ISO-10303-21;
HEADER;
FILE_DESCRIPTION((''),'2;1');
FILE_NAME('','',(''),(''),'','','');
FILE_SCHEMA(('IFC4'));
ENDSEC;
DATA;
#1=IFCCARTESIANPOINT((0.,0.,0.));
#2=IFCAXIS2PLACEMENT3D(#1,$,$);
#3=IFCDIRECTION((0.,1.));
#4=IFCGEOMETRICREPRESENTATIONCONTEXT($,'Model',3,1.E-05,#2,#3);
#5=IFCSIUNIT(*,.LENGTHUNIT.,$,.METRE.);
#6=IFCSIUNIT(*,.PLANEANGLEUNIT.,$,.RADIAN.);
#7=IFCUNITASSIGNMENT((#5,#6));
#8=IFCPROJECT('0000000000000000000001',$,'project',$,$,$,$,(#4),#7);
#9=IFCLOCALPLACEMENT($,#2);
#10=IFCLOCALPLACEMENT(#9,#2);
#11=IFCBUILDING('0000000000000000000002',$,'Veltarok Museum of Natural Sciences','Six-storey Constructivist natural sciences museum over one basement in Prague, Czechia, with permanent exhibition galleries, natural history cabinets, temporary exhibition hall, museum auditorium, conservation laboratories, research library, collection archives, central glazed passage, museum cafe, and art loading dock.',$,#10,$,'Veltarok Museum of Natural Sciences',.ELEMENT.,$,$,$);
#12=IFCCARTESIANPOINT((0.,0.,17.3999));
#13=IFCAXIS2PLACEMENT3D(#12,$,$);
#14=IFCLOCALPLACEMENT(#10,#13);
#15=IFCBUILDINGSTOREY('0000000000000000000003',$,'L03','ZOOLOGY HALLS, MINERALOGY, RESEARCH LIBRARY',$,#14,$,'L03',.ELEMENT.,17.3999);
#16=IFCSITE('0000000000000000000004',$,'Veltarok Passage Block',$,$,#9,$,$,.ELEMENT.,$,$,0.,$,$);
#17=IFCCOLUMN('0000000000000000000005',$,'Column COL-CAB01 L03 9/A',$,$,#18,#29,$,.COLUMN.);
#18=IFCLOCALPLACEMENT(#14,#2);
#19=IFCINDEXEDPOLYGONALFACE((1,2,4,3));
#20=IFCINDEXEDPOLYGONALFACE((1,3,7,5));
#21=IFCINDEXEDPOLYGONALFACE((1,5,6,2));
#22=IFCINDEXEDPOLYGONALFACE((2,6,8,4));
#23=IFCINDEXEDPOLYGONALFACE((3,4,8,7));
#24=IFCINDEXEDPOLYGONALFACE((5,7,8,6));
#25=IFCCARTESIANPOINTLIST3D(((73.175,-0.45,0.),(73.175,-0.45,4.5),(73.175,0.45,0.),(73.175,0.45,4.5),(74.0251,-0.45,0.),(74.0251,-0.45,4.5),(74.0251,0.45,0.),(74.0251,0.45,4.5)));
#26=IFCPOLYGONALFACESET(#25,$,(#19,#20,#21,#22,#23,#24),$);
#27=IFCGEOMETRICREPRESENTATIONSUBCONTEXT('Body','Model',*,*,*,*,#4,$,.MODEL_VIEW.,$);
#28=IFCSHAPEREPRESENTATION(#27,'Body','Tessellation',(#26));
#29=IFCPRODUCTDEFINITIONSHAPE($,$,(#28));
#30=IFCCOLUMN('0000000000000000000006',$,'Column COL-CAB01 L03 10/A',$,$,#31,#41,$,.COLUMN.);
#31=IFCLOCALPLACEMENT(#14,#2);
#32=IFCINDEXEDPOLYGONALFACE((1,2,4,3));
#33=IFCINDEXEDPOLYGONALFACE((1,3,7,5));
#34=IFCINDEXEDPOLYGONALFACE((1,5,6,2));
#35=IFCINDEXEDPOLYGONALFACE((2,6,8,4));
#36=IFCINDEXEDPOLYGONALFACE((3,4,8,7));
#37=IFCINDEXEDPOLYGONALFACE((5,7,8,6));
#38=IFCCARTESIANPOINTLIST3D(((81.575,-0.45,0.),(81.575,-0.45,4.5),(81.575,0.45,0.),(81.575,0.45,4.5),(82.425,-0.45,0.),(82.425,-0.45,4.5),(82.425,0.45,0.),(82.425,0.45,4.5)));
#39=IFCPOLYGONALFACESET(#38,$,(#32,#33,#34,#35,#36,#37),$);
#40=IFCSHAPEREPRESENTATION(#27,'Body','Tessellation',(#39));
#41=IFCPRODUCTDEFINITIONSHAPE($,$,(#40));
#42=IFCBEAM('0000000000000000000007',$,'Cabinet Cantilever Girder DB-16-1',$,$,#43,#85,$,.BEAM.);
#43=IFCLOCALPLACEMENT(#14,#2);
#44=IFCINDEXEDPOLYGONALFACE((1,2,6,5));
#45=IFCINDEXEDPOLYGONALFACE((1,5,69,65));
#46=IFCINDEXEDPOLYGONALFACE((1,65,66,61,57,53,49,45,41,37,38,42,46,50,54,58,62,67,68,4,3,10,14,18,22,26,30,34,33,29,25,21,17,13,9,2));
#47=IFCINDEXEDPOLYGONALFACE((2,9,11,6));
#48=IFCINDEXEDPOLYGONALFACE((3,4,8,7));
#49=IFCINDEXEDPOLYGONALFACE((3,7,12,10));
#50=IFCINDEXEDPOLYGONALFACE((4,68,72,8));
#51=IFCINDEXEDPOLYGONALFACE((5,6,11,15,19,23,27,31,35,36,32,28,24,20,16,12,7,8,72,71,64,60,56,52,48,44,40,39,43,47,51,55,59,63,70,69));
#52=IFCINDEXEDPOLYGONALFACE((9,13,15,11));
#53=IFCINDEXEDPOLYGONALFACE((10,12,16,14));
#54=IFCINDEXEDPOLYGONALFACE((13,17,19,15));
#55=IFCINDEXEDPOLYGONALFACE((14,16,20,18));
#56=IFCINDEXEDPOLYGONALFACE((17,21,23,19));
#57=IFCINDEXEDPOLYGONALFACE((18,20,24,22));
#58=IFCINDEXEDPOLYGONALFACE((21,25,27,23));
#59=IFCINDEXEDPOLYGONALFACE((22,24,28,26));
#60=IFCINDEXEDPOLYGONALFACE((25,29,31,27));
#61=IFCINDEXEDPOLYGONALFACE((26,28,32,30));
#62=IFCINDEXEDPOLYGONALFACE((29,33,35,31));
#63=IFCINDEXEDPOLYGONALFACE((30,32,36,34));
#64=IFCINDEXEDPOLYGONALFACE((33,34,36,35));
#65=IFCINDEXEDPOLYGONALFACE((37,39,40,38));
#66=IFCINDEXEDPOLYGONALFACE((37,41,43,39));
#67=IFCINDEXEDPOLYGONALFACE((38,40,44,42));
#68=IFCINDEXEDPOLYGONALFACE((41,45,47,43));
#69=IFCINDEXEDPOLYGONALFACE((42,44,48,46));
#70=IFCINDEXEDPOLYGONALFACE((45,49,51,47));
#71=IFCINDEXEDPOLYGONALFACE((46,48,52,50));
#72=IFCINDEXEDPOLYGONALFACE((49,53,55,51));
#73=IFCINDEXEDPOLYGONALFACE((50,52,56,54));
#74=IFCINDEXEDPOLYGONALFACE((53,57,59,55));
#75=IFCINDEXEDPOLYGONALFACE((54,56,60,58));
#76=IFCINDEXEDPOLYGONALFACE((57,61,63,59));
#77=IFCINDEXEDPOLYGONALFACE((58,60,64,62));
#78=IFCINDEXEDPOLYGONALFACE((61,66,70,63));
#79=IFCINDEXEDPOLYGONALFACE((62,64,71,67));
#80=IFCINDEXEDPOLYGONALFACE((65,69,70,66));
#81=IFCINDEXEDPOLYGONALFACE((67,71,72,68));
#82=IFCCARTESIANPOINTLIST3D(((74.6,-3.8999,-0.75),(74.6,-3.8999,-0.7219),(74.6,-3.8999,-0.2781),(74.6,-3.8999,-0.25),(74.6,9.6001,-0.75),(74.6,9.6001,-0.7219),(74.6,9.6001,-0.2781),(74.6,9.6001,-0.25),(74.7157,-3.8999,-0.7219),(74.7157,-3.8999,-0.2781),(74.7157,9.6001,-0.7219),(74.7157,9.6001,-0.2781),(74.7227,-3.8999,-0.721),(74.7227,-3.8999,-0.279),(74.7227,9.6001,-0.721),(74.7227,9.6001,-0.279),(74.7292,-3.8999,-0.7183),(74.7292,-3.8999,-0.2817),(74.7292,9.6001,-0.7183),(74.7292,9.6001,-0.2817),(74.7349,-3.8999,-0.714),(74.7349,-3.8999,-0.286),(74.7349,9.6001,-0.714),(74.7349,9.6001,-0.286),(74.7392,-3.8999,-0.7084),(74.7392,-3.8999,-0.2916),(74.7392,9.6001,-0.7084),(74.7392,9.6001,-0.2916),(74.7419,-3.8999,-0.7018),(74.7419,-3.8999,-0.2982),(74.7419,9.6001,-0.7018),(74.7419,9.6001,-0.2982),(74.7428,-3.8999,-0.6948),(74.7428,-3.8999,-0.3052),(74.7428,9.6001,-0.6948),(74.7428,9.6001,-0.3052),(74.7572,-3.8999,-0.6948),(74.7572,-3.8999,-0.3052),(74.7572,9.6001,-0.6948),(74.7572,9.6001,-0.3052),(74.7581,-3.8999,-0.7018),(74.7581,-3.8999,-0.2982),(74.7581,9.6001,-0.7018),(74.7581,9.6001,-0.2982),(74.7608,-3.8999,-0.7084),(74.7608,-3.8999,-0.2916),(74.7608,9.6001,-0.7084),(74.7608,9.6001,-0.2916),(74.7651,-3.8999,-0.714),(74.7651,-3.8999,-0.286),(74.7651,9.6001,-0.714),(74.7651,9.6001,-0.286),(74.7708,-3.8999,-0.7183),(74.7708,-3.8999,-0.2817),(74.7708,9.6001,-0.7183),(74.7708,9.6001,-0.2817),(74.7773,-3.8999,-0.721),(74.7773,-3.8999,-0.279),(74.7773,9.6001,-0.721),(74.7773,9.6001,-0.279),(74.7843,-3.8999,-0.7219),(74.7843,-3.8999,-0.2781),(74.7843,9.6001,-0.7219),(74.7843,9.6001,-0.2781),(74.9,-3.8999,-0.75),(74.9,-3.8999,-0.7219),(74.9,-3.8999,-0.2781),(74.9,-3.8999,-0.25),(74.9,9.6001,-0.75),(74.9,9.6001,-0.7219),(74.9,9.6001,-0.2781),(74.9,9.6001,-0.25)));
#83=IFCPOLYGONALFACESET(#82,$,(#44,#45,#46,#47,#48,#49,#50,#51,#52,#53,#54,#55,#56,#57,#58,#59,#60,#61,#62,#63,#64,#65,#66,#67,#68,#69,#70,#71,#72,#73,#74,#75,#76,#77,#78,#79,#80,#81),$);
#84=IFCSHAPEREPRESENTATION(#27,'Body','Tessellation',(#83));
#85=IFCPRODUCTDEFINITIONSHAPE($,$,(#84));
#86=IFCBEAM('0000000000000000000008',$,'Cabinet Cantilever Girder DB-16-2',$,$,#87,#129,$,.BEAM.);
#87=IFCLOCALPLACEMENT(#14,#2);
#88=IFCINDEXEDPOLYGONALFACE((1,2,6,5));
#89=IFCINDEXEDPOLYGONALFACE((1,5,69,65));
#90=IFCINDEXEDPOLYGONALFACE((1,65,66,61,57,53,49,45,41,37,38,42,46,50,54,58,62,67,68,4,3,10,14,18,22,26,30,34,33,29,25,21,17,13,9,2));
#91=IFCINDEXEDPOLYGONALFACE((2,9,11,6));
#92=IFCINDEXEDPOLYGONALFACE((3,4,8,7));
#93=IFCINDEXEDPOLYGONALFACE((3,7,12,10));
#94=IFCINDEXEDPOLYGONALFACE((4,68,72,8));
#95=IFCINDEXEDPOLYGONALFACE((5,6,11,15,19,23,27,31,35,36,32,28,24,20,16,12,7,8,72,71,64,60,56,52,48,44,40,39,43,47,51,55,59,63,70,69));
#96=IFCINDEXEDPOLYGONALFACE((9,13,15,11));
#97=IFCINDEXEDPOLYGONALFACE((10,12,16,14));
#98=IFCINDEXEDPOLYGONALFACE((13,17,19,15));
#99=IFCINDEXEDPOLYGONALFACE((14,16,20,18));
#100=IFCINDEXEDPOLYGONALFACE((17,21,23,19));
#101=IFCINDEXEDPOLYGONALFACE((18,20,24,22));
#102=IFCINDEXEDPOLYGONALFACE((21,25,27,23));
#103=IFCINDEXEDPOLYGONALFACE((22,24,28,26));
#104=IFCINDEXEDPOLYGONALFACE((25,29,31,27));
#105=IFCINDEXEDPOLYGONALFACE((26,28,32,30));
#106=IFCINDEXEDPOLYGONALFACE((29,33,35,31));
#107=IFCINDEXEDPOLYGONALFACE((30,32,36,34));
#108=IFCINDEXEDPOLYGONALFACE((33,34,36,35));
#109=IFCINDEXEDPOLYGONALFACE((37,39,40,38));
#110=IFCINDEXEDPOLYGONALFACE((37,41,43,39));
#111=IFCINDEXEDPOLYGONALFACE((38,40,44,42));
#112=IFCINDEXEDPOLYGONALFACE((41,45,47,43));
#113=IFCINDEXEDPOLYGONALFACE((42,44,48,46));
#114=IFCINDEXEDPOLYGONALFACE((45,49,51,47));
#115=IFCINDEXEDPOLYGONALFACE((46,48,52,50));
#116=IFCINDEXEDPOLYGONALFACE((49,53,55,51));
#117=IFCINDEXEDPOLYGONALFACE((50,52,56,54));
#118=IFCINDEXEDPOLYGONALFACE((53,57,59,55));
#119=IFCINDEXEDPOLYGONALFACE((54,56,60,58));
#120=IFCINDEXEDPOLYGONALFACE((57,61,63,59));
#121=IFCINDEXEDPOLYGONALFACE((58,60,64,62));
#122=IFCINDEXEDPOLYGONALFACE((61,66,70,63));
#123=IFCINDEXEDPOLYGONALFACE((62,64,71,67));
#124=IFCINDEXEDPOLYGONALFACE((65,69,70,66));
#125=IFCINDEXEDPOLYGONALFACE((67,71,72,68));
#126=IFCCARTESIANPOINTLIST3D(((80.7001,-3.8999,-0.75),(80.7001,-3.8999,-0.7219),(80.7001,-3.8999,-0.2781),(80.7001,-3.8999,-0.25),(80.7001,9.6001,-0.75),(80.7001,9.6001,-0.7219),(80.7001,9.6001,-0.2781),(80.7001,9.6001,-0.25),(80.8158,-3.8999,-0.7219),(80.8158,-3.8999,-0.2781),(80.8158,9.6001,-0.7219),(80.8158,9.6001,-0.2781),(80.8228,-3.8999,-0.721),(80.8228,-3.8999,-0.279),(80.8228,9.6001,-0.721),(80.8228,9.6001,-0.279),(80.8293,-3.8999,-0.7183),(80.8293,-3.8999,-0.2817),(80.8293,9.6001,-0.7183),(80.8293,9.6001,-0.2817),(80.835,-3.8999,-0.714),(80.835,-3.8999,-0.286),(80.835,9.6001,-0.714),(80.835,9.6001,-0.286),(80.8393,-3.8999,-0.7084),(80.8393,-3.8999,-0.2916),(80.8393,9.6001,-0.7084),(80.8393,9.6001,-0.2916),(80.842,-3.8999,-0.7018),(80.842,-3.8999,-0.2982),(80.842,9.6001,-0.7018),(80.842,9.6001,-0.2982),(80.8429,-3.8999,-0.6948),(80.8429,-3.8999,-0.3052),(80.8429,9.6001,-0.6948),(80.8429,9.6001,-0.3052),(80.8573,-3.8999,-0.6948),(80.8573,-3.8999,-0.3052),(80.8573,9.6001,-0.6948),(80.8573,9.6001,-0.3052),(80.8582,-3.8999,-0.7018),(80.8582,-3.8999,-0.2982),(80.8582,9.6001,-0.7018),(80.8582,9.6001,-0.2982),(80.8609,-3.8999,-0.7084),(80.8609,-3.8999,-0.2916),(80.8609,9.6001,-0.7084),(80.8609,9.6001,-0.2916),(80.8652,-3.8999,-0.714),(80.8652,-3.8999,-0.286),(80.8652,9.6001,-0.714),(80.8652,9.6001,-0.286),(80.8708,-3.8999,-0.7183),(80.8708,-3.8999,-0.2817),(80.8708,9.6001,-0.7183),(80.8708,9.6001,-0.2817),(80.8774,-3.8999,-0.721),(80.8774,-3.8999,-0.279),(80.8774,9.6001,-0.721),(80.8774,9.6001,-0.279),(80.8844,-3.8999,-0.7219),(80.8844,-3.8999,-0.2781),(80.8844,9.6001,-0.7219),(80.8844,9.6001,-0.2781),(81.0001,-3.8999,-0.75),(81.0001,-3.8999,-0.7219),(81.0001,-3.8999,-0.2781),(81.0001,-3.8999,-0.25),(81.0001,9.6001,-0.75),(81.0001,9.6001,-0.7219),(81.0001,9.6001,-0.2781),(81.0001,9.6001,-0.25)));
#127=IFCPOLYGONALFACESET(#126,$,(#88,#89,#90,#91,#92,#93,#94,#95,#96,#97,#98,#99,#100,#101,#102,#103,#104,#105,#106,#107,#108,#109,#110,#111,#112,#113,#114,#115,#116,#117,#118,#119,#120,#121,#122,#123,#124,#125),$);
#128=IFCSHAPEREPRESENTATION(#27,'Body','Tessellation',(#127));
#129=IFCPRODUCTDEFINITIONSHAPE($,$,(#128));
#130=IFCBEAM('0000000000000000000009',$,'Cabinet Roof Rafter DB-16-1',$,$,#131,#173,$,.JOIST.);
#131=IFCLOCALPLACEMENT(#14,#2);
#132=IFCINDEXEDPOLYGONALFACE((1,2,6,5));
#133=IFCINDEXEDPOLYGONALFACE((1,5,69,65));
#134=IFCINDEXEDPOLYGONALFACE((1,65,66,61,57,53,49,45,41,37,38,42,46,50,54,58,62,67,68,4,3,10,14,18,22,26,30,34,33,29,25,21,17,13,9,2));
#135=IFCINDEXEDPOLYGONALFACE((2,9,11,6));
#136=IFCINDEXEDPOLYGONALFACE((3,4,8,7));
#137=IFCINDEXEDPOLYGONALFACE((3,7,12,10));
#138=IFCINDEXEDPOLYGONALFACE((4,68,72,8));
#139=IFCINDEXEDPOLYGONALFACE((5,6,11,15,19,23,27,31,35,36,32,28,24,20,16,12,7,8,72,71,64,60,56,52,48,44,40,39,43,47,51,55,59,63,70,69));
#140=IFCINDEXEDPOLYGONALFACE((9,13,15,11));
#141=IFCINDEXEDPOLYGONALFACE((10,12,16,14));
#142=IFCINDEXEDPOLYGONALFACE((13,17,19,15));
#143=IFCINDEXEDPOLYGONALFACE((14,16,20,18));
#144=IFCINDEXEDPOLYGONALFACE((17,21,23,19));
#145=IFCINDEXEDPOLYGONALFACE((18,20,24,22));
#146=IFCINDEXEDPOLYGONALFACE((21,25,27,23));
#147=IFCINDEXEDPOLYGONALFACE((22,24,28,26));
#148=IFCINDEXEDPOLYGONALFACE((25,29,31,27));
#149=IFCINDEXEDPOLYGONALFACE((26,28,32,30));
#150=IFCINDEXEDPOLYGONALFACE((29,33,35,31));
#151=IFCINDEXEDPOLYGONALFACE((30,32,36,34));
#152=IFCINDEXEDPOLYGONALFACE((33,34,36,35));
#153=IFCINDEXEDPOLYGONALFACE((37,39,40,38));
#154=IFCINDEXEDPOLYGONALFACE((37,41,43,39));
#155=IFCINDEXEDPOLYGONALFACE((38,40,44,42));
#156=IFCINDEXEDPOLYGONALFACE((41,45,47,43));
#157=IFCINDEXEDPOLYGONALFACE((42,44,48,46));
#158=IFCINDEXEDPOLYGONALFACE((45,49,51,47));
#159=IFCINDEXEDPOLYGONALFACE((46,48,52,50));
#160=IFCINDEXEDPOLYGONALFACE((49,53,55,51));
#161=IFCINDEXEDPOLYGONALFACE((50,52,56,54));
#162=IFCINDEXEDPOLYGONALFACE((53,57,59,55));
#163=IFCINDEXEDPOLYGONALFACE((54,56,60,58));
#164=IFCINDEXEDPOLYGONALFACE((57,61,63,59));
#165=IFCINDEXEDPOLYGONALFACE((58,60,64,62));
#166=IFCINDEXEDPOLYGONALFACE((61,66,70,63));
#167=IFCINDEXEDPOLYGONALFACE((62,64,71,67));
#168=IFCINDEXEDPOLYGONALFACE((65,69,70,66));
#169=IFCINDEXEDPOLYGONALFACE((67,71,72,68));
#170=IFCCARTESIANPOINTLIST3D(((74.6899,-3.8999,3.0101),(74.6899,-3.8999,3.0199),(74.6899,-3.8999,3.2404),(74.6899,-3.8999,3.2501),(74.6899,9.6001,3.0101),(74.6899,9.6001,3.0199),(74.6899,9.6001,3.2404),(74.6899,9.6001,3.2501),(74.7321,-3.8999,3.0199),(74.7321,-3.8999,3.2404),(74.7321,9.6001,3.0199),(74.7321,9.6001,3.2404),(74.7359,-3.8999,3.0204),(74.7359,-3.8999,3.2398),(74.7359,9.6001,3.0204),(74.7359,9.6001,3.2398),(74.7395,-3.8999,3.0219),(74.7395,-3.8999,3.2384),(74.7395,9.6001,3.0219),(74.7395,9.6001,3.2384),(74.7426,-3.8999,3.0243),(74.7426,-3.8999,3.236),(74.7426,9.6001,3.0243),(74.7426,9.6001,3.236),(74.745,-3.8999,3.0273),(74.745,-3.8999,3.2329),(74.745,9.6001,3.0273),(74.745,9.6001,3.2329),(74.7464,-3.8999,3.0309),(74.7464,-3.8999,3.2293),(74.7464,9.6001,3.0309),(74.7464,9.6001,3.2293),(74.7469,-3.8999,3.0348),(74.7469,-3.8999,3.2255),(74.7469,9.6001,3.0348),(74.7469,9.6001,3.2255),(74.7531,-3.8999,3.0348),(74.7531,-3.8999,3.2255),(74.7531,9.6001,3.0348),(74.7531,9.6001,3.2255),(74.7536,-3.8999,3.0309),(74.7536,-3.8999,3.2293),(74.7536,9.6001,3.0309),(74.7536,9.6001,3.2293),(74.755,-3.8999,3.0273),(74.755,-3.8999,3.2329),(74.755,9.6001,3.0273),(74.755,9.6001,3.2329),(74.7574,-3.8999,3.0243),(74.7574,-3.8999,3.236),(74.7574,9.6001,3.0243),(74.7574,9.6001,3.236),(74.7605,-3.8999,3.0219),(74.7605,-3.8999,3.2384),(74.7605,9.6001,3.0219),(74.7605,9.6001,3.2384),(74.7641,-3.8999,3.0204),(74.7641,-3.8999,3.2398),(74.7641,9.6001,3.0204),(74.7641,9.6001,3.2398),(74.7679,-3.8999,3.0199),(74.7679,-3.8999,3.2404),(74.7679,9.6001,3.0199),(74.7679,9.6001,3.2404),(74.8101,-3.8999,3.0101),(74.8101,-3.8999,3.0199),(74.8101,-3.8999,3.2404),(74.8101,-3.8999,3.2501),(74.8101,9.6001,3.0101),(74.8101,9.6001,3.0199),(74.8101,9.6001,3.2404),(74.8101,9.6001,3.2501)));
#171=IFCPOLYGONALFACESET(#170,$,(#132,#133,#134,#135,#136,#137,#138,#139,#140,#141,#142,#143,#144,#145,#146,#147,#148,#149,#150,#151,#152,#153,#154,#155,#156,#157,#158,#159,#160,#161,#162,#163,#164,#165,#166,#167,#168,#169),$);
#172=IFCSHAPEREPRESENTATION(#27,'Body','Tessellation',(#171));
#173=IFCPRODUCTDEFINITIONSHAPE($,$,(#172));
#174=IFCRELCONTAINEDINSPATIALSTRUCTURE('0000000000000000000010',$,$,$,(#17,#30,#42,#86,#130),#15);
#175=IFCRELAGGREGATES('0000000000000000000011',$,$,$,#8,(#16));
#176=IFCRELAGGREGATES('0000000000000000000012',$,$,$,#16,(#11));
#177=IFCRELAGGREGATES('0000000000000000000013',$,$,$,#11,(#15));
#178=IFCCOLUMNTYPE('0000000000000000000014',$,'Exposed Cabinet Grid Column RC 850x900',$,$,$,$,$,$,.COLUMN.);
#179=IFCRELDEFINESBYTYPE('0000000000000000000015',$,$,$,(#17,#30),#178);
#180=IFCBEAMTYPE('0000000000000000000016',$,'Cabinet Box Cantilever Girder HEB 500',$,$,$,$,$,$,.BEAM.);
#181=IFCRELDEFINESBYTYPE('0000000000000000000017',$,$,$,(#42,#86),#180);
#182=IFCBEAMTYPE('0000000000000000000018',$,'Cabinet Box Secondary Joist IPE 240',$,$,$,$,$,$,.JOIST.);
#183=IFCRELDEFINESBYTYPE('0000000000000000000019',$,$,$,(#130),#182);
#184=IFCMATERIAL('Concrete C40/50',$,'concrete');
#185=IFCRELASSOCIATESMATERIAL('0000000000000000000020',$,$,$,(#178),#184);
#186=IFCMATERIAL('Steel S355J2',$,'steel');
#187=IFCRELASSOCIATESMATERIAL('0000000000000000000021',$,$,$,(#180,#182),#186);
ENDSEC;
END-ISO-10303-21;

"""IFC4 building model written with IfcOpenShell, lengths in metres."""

from ifc_helpers import new_model, si_unit, direction, frame, origin, origin_2d, place, context, subcontext, project, spatial, rectangle, i_section, extrude, material, material_profile, profile_set, type_object, element, save


model = new_model("IFC4")

# Units and contexts
model_context = context("Model", 3, precision=1e-05, world=origin(), true_north=direction((0.0, 1.0)))
body_context = subcontext(model_context, "Body", "Model", "MODEL_VIEW")
ifc_project = project(units=[si_unit("LENGTHUNIT", "METRE"), si_unit("PLANEANGLEUNIT", "RADIAN")], contexts=[model_context])

# Site, building, storey
site_placement = place(None, origin())
site = spatial("IfcSite", under=ifc_project, at=site_placement, Name="Veltarok Passage Block", CompositionType="ELEMENT", RefElevation=0.0)
building_placement = place(site_placement, origin())
building = spatial("IfcBuilding", under=site, at=building_placement, Name="Veltarok Museum of Natural Sciences", Description="Six-storey Constructivist natural sciences museum over one basement in Prague, Czechia, with permanent exhibition galleries, natural history cabinets, temporary exhibition hall, museum auditorium, conservation laboratories, research library, collection archives, central glazed passage, museum cafe, and art loading dock.", LongName="Veltarok Museum of Natural Sciences", CompositionType="ELEMENT")
storey_placement = place(building_placement, frame((0.0, 0.0, 17.3999)))
storey = spatial("IfcBuildingStorey", under=building, at=storey_placement, Name="L03", Description="ZOOLOGY HALLS, MINERALOGY, RESEARCH LIBRARY", LongName="L03", CompositionType="ELEMENT", Elevation=17.3999)

# Columns
ifc_material_1 = material(Name="Concrete C40/50", Category="concrete")
ifc_material_profile_1 = material_profile(ifc_material_1, rectangle(XDim=0.8501, YDim=0.8999, at=origin_2d()), Name="RC 850x900")
ifc_profile_set_1 = profile_set([ifc_material_profile_1], Name="Concrete C40/50")
column_type = type_object("IfcColumnType", Name="Exposed Cabinet Grid Column RC 850x900", PredefinedType="COLUMN", material=ifc_profile_set_1)
for number, where, z_axis, x_axis, name in (
    (1, (73.6001, 0.0, 0.0), (0.0, 0.0, 1.0), (1.0, 0.0, 0.0), "Column COL-CAB01 L03 9/A"),
    (2, (82.0, 0.0, 0.0), (0.0, 0.0, 1.0), (1.0, 0.0, 0.0), "Column COL-CAB01 L03 10/A"),
):
    element("IfcColumn", number, at=place(storey_placement, frame(where, z_axis=z_axis, x_axis=x_axis)), inside=storey, type_object=column_type, Name=name, PredefinedType="COLUMN", context=body_context, shape_type="SweptSolid", body=[
        extrude(rectangle(XDim=0.8501, YDim=0.8999, at=origin_2d()), origin(), (0.0, 0.0, 1.0), 4.5),
    ])

# Beams
ifc_material_2 = material(Name="Steel S355J2", Category="steel")
ifc_material_profile_2 = material_profile(ifc_material_2, i_section(OverallWidth=0.3, OverallDepth=0.5, WebThickness=0.0144, FlangeThickness=0.0281, FilletRadius=0.0271, at=origin_2d()), Name="HEB 500")
ifc_profile_set_2 = profile_set([ifc_material_profile_2], Name="Steel S355J2")
beam_type_1 = type_object("IfcBeamType", Name="Cabinet Box Cantilever Girder HEB 500", PredefinedType="BEAM", material=ifc_profile_set_2)
for number, where, z_axis, x_axis, name in (
    (3, (74.75, -3.8999, -0.5), (0.0, 1.0, 0.0), (-1.0, 0.0, 0.0), "Cabinet Cantilever Girder DB-16-1"),
    (4, (80.8501, -3.8999, -0.5), (0.0, 1.0, 0.0), (-1.0, 0.0, 0.0), "Cabinet Cantilever Girder DB-16-2"),
):
    element("IfcBeam", number, at=place(storey_placement, frame(where, z_axis=z_axis, x_axis=x_axis)), inside=storey, type_object=beam_type_1, Name=name, PredefinedType="BEAM", context=body_context, shape_type="SweptSolid", body=[
        extrude(i_section(OverallWidth=0.3, OverallDepth=0.5, WebThickness=0.0144, FlangeThickness=0.0281, FilletRadius=0.0271, at=origin_2d()), origin(), (0.0, 0.0, 1.0), 13.5),
    ])
ifc_material_profile_3 = material_profile(ifc_material_2, i_section(OverallWidth=0.1201, OverallDepth=0.24, WebThickness=0.0061, FlangeThickness=0.0098, FilletRadius=0.0149, at=origin_2d()), Name="IPE 240")
ifc_profile_set_3 = profile_set([ifc_material_profile_3], Name="Steel S355J2")
beam_type_2 = type_object("IfcBeamType", Name="Cabinet Box Secondary Joist IPE 240", PredefinedType="JOIST", material=ifc_profile_set_3)
for number, where, z_axis, x_axis, name in (
    (5, (74.75, -3.8999, 3.1301), (0.0, 1.0, 0.0), (-1.0, 0.0, 0.0), "Cabinet Roof Rafter DB-16-1"),
):
    element("IfcBeam", number, at=place(storey_placement, frame(where, z_axis=z_axis, x_axis=x_axis)), inside=storey, type_object=beam_type_2, Name=name, PredefinedType="JOIST", context=body_context, shape_type="SweptSolid", body=[
        extrude(i_section(OverallWidth=0.1201, OverallDepth=0.24, WebThickness=0.0061, FlangeThickness=0.0098, FilletRadius=0.0149, at=origin_2d()), origin(), (0.0, 0.0, 1.0), 13.5),
    ])

save(model, "model.ifc")
